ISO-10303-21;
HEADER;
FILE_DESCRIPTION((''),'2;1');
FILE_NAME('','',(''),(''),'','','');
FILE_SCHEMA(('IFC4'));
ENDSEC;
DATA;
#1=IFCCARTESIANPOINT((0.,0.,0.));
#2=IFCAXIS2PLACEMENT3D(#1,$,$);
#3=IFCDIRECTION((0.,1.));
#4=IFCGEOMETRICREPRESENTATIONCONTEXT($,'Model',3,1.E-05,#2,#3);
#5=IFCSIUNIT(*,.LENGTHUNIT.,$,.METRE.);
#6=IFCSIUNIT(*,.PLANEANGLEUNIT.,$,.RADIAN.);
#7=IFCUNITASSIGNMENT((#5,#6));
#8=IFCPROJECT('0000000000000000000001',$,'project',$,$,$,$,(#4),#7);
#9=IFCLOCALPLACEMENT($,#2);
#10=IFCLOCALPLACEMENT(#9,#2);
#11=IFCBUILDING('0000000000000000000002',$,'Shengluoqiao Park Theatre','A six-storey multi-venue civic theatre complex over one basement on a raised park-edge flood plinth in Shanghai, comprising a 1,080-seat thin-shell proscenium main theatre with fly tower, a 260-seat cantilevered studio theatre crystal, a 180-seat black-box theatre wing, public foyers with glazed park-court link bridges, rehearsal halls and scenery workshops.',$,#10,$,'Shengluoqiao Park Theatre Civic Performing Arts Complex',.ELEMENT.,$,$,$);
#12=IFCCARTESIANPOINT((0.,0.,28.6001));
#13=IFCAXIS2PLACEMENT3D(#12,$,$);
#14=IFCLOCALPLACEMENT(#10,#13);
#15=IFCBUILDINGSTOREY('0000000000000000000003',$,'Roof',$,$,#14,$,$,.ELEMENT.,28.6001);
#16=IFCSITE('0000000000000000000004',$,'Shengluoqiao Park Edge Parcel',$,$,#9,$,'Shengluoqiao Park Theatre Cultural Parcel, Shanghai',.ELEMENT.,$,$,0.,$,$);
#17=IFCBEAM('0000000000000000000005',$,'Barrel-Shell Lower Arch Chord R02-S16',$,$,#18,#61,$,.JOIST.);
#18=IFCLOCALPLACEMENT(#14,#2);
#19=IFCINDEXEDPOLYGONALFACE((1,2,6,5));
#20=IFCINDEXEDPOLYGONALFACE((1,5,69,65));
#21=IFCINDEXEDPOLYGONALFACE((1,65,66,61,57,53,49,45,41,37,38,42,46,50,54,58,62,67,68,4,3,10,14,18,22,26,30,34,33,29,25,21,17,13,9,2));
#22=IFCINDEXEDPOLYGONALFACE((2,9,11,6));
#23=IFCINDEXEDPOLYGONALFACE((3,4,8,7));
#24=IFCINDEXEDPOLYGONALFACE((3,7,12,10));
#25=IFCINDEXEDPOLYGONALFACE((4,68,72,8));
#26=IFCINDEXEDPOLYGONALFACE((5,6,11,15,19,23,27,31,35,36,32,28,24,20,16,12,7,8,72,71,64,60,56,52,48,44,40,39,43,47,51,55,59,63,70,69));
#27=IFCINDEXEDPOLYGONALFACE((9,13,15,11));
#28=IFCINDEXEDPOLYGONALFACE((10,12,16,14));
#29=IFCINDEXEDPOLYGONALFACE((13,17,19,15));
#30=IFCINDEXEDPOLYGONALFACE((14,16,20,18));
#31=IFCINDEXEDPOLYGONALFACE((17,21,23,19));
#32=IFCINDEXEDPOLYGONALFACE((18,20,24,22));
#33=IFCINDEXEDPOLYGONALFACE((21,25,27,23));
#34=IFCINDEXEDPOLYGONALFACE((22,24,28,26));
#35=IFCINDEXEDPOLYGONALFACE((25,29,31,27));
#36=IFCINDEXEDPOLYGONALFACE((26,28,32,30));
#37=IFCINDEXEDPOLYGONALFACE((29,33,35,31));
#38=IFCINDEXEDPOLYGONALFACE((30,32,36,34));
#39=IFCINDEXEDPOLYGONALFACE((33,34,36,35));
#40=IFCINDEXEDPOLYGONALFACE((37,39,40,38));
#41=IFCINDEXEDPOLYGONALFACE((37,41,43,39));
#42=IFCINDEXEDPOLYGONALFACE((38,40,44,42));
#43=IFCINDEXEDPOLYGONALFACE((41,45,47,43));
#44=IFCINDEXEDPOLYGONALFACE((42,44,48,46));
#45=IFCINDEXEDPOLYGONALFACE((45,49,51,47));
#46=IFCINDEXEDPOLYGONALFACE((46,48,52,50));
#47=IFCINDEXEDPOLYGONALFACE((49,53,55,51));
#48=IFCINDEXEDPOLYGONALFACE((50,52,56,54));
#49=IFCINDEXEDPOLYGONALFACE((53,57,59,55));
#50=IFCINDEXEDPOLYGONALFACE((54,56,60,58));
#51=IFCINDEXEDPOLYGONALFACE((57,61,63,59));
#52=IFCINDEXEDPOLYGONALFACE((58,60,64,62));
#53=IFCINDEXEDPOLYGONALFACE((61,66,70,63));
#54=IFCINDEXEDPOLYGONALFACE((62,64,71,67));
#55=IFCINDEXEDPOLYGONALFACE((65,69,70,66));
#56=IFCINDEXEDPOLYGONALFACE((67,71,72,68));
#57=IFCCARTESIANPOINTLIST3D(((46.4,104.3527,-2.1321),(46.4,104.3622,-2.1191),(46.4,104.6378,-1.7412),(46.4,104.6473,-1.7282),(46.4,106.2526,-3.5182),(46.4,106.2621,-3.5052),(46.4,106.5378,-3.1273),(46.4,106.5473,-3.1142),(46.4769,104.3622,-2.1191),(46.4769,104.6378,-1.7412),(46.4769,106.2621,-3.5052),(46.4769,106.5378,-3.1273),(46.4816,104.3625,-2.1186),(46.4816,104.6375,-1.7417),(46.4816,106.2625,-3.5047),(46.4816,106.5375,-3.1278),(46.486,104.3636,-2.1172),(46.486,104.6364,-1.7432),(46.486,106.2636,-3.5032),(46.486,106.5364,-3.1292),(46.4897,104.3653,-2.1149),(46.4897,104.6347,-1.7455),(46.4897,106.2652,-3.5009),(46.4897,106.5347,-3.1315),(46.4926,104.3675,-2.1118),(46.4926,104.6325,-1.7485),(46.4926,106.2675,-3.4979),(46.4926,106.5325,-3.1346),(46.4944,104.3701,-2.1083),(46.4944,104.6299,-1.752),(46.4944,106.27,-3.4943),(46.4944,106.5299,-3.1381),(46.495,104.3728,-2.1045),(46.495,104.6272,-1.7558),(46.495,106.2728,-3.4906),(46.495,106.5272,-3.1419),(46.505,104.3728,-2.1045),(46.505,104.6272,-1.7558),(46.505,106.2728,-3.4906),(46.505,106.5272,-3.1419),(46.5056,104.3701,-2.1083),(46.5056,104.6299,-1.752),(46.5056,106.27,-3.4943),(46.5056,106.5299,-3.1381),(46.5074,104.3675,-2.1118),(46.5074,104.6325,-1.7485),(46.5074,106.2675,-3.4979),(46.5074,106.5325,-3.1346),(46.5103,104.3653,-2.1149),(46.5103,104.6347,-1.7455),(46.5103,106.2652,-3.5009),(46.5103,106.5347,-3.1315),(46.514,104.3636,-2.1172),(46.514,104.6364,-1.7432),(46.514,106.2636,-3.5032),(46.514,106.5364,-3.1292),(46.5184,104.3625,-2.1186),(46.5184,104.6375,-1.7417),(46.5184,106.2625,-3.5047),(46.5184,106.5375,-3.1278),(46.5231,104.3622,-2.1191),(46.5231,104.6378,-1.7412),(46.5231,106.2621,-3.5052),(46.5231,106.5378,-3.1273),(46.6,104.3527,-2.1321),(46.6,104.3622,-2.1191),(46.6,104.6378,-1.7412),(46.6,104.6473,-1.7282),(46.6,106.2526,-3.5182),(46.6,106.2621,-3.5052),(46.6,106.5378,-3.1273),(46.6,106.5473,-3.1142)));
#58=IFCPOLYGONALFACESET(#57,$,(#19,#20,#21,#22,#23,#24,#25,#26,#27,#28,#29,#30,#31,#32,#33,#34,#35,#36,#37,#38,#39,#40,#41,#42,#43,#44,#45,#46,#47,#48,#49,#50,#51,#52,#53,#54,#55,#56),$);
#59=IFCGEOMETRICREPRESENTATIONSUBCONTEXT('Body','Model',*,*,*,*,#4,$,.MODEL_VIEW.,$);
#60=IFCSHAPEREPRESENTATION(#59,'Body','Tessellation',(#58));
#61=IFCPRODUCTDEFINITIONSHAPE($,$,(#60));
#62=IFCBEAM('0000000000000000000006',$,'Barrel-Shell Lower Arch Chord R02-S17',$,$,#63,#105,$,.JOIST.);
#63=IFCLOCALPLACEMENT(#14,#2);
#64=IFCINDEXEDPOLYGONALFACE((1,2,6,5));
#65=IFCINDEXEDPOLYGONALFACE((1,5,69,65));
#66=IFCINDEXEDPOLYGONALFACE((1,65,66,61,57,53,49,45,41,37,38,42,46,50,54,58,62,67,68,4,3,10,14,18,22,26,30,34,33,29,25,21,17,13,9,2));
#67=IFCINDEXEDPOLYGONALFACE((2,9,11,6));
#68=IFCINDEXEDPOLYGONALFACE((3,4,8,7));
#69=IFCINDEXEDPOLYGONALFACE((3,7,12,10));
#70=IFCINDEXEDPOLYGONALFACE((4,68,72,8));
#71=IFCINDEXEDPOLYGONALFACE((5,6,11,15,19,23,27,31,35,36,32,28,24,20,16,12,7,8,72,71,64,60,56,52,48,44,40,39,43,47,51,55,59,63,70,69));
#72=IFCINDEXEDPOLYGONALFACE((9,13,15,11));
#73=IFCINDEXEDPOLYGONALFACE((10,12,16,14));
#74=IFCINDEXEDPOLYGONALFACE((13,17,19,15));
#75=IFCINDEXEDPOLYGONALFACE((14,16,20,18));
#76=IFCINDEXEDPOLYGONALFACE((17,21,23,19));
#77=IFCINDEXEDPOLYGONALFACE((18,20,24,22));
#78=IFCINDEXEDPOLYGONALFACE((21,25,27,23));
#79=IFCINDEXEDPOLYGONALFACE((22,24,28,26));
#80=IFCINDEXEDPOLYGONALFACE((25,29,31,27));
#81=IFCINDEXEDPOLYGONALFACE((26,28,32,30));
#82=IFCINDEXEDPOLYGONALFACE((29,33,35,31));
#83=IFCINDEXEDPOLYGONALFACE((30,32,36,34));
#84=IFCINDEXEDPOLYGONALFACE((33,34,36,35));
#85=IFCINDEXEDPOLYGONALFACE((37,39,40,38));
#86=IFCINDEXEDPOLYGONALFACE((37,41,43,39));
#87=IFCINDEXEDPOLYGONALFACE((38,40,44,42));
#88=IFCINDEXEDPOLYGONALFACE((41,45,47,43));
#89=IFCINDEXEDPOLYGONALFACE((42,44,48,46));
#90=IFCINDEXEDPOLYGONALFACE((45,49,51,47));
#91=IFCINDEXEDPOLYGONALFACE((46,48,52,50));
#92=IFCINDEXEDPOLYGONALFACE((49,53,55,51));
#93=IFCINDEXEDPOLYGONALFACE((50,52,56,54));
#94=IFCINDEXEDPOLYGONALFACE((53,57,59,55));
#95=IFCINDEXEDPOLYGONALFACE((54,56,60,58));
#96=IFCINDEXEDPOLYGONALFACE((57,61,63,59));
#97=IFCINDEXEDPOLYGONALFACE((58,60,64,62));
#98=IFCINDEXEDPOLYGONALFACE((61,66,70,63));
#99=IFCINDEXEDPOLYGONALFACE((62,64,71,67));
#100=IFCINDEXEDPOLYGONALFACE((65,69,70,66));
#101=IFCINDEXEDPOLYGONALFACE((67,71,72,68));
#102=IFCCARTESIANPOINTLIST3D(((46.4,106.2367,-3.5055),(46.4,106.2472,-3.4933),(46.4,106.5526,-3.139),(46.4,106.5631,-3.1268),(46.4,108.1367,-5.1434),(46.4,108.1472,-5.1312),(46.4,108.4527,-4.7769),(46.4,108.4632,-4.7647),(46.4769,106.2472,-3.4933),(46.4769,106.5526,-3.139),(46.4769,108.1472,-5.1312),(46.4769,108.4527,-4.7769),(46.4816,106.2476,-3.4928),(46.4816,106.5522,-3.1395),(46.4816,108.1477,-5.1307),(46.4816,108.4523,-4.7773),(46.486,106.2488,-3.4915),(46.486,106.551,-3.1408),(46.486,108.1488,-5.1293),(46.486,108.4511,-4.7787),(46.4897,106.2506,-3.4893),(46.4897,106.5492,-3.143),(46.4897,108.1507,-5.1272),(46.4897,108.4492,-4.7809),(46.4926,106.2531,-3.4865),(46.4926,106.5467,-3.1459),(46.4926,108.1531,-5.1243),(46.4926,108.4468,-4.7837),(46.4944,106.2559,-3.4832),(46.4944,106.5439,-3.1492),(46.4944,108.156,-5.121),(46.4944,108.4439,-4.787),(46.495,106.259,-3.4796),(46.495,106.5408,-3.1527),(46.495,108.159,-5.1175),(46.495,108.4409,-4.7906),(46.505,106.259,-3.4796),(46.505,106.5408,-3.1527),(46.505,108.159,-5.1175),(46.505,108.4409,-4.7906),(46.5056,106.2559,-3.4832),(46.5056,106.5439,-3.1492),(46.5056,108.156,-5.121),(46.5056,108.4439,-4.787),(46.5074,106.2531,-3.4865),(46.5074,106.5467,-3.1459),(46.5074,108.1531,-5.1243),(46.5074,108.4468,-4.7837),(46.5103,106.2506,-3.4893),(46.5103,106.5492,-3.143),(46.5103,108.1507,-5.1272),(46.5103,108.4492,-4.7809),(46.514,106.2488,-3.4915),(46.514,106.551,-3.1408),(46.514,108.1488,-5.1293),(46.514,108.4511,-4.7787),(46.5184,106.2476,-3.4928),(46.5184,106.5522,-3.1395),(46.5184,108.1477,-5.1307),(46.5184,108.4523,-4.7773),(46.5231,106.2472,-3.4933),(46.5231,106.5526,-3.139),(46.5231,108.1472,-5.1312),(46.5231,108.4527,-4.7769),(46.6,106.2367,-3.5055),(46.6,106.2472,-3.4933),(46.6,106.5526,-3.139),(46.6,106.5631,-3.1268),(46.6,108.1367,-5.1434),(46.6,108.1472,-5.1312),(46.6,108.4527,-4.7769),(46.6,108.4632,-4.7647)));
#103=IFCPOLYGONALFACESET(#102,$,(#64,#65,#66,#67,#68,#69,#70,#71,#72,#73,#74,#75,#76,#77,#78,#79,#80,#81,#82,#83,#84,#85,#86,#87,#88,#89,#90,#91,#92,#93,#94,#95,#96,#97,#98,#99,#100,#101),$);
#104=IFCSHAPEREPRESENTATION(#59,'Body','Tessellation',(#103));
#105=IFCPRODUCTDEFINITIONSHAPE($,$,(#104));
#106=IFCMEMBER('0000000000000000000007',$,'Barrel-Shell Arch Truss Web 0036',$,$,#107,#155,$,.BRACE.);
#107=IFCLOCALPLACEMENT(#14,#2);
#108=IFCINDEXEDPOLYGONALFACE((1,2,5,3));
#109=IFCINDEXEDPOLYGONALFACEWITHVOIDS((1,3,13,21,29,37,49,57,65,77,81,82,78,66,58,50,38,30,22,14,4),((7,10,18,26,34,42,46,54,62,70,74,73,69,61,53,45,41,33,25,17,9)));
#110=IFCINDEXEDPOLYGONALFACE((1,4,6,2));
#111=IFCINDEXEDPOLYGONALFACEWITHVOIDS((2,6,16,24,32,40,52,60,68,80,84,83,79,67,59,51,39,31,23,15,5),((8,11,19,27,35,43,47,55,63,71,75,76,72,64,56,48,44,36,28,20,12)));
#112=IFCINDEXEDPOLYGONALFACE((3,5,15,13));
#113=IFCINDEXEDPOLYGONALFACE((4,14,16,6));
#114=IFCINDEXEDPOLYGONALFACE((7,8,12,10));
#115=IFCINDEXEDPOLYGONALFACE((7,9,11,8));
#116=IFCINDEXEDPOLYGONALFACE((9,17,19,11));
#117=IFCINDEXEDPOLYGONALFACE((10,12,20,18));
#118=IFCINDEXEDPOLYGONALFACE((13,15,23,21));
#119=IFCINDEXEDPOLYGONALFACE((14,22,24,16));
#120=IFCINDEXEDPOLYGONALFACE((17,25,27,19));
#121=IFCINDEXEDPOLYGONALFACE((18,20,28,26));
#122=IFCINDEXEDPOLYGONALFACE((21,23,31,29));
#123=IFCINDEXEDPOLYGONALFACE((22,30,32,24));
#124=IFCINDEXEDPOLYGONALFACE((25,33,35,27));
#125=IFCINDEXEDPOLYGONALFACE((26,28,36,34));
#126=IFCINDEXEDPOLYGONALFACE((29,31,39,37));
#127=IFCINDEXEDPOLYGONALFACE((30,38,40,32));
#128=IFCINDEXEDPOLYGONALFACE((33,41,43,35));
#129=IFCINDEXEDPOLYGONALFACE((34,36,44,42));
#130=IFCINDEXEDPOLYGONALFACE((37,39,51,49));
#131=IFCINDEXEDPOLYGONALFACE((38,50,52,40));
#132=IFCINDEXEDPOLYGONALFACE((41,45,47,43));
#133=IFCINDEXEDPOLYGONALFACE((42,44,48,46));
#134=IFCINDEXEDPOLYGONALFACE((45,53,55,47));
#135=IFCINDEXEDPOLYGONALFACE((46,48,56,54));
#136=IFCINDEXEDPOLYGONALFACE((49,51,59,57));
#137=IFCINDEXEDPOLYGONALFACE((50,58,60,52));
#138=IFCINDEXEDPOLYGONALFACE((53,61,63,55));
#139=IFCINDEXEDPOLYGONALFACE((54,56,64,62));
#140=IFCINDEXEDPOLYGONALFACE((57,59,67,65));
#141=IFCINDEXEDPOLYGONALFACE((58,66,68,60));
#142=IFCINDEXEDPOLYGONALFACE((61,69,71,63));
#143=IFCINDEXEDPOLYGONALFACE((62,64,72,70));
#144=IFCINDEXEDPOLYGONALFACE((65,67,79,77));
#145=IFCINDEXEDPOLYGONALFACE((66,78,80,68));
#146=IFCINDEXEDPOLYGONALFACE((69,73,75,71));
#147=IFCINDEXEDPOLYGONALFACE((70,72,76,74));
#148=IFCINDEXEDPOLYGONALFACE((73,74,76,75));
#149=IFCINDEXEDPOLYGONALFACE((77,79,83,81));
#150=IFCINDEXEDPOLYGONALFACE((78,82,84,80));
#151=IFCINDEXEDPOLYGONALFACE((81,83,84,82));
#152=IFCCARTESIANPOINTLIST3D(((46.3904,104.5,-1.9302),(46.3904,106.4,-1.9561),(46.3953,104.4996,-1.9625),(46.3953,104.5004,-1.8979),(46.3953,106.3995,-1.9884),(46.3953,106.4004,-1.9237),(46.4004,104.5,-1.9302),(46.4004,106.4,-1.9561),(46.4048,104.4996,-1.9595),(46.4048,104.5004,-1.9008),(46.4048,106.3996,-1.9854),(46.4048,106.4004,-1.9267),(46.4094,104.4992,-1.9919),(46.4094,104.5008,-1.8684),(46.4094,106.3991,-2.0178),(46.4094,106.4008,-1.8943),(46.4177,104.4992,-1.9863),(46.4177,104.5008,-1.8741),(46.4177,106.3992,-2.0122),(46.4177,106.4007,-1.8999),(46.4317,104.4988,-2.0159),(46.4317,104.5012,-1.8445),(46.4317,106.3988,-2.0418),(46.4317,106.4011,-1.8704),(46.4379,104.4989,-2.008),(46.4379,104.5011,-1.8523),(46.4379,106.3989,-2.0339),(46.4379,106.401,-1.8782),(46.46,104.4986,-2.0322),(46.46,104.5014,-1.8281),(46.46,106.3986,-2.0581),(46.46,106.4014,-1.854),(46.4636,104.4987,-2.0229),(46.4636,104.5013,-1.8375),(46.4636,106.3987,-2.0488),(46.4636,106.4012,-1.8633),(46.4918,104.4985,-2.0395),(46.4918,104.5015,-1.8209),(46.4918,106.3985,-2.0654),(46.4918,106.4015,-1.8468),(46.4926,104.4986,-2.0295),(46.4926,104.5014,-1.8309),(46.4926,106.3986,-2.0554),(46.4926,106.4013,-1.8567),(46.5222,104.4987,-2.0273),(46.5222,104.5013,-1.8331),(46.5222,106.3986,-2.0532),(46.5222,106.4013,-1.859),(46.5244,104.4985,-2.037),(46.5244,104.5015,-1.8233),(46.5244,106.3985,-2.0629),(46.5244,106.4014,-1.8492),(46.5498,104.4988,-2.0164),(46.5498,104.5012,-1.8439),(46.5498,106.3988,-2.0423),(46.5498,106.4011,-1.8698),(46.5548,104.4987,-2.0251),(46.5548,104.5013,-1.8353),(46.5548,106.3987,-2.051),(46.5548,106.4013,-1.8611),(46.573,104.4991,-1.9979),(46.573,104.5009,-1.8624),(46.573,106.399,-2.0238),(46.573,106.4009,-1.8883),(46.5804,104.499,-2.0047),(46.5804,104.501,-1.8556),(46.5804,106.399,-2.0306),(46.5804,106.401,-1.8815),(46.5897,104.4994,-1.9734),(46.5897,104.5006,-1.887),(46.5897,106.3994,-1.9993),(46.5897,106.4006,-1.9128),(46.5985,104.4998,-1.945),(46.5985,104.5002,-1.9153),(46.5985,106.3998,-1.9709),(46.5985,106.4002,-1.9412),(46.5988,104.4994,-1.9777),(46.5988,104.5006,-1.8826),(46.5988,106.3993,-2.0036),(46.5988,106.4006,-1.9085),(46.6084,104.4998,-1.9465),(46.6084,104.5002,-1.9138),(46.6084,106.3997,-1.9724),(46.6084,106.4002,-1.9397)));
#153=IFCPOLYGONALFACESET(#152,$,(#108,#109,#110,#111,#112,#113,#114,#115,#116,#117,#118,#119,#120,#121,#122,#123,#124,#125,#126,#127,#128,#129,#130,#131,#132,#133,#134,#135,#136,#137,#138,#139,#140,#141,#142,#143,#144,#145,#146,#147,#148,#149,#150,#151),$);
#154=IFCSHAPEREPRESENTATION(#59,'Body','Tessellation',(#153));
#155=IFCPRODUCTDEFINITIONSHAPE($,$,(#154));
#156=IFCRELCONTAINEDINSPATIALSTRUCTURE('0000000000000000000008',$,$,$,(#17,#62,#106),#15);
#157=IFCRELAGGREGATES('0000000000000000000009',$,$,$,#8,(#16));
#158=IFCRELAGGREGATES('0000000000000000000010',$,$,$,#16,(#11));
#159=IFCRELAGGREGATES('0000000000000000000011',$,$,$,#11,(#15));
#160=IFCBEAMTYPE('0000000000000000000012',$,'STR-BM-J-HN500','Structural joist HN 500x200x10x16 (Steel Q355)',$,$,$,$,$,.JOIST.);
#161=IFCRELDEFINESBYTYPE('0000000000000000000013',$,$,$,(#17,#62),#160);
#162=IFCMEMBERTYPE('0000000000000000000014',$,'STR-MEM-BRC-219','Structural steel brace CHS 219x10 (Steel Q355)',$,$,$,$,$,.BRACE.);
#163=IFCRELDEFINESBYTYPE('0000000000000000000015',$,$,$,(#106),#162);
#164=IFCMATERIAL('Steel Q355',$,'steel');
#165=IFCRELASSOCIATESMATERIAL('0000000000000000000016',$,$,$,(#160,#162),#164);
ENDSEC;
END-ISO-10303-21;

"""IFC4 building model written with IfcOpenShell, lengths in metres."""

from ifc_helpers import new_model, si_unit, direction, frame, origin, origin_2d, place, context, subcontext, project, spatial, hollow_circle, i_section, extrude, material, material_profile, profile_set, type_object, element, save


model = new_model("IFC4")

# Units and contexts
model_context = context("Model", 3, precision=1e-05, world=origin(), true_north=direction((0.0, 1.0)))
body_context = subcontext(model_context, "Body", "Model", "MODEL_VIEW")
ifc_project = project(units=[si_unit("LENGTHUNIT", "METRE"), si_unit("PLANEANGLEUNIT", "RADIAN")], contexts=[model_context])

# Site, building, storey
site_placement = place(None, origin())
site = spatial("IfcSite", under=ifc_project, at=site_placement, Name="Shengluoqiao Park Edge Parcel", LongName="Shengluoqiao Park Theatre Cultural Parcel, Shanghai", CompositionType="ELEMENT", RefElevation=0.0)
building_placement = place(site_placement, origin())
building = spatial("IfcBuilding", under=site, at=building_placement, Name="Shengluoqiao Park Theatre", Description="A six-storey multi-venue civic theatre complex over one basement on a raised park-edge flood plinth in Shanghai, comprising a 1,080-seat thin-shell proscenium main theatre with fly tower, a 260-seat cantilevered studio theatre crystal, a 180-seat black-box theatre wing, public foyers with glazed park-court link bridges, rehearsal halls and scenery workshops.", LongName="Shengluoqiao Park Theatre Civic Performing Arts Complex", CompositionType="ELEMENT")
storey_placement = place(building_placement, frame((0.0, 0.0, 28.6001)))
storey = spatial("IfcBuildingStorey", under=building, at=storey_placement, Name="Roof", CompositionType="ELEMENT", Elevation=28.6001)

# Beams
ifc_material_1 = material(Name="Steel Q355", Category="steel")
ifc_material_profile_1 = material_profile(ifc_material_1, i_section(OverallWidth=0.2, OverallDepth=0.5, WebThickness=0.01, FlangeThickness=0.0161, FilletRadius=0.0181, at=origin_2d()), Name="HN 500x200x10x16")
ifc_profile_set_1 = profile_set([ifc_material_profile_1], Name="Steel Q355")
beam_type_1 = type_object("IfcBeamType", Name="STR-BM-J-HN500", Description="Structural joist HN 500x200x10x16 (Steel Q355)", PredefinedType="JOIST", material=ifc_profile_set_1)
beam_1_placement = place(storey_placement, frame((46.5, 104.5, -1.9302), z_axis=(0.0, 0.807878, -0.58935), x_axis=(-1.0, 0.0, 0.0)))
element("IfcBeam", 1, at=beam_1_placement, inside=storey, type_object=beam_type_1, Name="Barrel-Shell Lower Arch Chord R02-S16", PredefinedType="JOIST", context=body_context, shape_type="SweptSolid", body=[
    extrude(i_section(OverallWidth=0.2, OverallDepth=0.5, WebThickness=0.01, FlangeThickness=0.0161, FilletRadius=0.0181, at=origin_2d()), origin(), (0.0, 0.0, 1.0), 2.3518),
])
beam_2_placement = place(storey_placement, frame((46.5, 106.3999, -3.3162), z_axis=(0.0, 0.757433, -0.652913), x_axis=(-1.0, 0.0, 0.0)))
element("IfcBeam", 2, at=beam_2_placement, inside=storey, type_object=beam_type_1, Name="Barrel-Shell Lower Arch Chord R02-S17", PredefinedType="JOIST", context=body_context, shape_type="SweptSolid", body=[
    extrude(i_section(OverallWidth=0.2, OverallDepth=0.5, WebThickness=0.01, FlangeThickness=0.0161, FilletRadius=0.0181, at=origin_2d()), origin(), (0.0, 0.0, 1.0), 2.5085),
])

# Member
ifc_material_profile_2 = material_profile(ifc_material_1, hollow_circle(Radius=0.1096, WallThickness=0.01, at=origin_2d()), Name="CHS 219x10")
ifc_profile_set_2 = profile_set([ifc_material_profile_2], Name="Steel Q355")
member_type_1 = type_object("IfcMemberType", Name="STR-MEM-BRC-219", Description="Structural steel brace CHS 219x10 (Steel Q355)", PredefinedType="BRACE", material=ifc_profile_set_2)
member_1_placement = place(storey_placement, frame((46.5, 104.5, -1.9302), z_axis=(0.0, 0.999907, -0.01362), x_axis=(-1.0, 0.0, 0.0)))
element("IfcMember", 3, at=member_1_placement, inside=storey, type_object=member_type_1, Name="Barrel-Shell Arch Truss Web 0036", PredefinedType="BRACE", context=body_context, shape_type="SweptSolid", body=[
    extrude(hollow_circle(Radius=0.1096, WallThickness=0.01, at=origin_2d()), origin(), (0.0, 0.0, 1.0), 1.9001),
])

save(model, "model.ifc")
